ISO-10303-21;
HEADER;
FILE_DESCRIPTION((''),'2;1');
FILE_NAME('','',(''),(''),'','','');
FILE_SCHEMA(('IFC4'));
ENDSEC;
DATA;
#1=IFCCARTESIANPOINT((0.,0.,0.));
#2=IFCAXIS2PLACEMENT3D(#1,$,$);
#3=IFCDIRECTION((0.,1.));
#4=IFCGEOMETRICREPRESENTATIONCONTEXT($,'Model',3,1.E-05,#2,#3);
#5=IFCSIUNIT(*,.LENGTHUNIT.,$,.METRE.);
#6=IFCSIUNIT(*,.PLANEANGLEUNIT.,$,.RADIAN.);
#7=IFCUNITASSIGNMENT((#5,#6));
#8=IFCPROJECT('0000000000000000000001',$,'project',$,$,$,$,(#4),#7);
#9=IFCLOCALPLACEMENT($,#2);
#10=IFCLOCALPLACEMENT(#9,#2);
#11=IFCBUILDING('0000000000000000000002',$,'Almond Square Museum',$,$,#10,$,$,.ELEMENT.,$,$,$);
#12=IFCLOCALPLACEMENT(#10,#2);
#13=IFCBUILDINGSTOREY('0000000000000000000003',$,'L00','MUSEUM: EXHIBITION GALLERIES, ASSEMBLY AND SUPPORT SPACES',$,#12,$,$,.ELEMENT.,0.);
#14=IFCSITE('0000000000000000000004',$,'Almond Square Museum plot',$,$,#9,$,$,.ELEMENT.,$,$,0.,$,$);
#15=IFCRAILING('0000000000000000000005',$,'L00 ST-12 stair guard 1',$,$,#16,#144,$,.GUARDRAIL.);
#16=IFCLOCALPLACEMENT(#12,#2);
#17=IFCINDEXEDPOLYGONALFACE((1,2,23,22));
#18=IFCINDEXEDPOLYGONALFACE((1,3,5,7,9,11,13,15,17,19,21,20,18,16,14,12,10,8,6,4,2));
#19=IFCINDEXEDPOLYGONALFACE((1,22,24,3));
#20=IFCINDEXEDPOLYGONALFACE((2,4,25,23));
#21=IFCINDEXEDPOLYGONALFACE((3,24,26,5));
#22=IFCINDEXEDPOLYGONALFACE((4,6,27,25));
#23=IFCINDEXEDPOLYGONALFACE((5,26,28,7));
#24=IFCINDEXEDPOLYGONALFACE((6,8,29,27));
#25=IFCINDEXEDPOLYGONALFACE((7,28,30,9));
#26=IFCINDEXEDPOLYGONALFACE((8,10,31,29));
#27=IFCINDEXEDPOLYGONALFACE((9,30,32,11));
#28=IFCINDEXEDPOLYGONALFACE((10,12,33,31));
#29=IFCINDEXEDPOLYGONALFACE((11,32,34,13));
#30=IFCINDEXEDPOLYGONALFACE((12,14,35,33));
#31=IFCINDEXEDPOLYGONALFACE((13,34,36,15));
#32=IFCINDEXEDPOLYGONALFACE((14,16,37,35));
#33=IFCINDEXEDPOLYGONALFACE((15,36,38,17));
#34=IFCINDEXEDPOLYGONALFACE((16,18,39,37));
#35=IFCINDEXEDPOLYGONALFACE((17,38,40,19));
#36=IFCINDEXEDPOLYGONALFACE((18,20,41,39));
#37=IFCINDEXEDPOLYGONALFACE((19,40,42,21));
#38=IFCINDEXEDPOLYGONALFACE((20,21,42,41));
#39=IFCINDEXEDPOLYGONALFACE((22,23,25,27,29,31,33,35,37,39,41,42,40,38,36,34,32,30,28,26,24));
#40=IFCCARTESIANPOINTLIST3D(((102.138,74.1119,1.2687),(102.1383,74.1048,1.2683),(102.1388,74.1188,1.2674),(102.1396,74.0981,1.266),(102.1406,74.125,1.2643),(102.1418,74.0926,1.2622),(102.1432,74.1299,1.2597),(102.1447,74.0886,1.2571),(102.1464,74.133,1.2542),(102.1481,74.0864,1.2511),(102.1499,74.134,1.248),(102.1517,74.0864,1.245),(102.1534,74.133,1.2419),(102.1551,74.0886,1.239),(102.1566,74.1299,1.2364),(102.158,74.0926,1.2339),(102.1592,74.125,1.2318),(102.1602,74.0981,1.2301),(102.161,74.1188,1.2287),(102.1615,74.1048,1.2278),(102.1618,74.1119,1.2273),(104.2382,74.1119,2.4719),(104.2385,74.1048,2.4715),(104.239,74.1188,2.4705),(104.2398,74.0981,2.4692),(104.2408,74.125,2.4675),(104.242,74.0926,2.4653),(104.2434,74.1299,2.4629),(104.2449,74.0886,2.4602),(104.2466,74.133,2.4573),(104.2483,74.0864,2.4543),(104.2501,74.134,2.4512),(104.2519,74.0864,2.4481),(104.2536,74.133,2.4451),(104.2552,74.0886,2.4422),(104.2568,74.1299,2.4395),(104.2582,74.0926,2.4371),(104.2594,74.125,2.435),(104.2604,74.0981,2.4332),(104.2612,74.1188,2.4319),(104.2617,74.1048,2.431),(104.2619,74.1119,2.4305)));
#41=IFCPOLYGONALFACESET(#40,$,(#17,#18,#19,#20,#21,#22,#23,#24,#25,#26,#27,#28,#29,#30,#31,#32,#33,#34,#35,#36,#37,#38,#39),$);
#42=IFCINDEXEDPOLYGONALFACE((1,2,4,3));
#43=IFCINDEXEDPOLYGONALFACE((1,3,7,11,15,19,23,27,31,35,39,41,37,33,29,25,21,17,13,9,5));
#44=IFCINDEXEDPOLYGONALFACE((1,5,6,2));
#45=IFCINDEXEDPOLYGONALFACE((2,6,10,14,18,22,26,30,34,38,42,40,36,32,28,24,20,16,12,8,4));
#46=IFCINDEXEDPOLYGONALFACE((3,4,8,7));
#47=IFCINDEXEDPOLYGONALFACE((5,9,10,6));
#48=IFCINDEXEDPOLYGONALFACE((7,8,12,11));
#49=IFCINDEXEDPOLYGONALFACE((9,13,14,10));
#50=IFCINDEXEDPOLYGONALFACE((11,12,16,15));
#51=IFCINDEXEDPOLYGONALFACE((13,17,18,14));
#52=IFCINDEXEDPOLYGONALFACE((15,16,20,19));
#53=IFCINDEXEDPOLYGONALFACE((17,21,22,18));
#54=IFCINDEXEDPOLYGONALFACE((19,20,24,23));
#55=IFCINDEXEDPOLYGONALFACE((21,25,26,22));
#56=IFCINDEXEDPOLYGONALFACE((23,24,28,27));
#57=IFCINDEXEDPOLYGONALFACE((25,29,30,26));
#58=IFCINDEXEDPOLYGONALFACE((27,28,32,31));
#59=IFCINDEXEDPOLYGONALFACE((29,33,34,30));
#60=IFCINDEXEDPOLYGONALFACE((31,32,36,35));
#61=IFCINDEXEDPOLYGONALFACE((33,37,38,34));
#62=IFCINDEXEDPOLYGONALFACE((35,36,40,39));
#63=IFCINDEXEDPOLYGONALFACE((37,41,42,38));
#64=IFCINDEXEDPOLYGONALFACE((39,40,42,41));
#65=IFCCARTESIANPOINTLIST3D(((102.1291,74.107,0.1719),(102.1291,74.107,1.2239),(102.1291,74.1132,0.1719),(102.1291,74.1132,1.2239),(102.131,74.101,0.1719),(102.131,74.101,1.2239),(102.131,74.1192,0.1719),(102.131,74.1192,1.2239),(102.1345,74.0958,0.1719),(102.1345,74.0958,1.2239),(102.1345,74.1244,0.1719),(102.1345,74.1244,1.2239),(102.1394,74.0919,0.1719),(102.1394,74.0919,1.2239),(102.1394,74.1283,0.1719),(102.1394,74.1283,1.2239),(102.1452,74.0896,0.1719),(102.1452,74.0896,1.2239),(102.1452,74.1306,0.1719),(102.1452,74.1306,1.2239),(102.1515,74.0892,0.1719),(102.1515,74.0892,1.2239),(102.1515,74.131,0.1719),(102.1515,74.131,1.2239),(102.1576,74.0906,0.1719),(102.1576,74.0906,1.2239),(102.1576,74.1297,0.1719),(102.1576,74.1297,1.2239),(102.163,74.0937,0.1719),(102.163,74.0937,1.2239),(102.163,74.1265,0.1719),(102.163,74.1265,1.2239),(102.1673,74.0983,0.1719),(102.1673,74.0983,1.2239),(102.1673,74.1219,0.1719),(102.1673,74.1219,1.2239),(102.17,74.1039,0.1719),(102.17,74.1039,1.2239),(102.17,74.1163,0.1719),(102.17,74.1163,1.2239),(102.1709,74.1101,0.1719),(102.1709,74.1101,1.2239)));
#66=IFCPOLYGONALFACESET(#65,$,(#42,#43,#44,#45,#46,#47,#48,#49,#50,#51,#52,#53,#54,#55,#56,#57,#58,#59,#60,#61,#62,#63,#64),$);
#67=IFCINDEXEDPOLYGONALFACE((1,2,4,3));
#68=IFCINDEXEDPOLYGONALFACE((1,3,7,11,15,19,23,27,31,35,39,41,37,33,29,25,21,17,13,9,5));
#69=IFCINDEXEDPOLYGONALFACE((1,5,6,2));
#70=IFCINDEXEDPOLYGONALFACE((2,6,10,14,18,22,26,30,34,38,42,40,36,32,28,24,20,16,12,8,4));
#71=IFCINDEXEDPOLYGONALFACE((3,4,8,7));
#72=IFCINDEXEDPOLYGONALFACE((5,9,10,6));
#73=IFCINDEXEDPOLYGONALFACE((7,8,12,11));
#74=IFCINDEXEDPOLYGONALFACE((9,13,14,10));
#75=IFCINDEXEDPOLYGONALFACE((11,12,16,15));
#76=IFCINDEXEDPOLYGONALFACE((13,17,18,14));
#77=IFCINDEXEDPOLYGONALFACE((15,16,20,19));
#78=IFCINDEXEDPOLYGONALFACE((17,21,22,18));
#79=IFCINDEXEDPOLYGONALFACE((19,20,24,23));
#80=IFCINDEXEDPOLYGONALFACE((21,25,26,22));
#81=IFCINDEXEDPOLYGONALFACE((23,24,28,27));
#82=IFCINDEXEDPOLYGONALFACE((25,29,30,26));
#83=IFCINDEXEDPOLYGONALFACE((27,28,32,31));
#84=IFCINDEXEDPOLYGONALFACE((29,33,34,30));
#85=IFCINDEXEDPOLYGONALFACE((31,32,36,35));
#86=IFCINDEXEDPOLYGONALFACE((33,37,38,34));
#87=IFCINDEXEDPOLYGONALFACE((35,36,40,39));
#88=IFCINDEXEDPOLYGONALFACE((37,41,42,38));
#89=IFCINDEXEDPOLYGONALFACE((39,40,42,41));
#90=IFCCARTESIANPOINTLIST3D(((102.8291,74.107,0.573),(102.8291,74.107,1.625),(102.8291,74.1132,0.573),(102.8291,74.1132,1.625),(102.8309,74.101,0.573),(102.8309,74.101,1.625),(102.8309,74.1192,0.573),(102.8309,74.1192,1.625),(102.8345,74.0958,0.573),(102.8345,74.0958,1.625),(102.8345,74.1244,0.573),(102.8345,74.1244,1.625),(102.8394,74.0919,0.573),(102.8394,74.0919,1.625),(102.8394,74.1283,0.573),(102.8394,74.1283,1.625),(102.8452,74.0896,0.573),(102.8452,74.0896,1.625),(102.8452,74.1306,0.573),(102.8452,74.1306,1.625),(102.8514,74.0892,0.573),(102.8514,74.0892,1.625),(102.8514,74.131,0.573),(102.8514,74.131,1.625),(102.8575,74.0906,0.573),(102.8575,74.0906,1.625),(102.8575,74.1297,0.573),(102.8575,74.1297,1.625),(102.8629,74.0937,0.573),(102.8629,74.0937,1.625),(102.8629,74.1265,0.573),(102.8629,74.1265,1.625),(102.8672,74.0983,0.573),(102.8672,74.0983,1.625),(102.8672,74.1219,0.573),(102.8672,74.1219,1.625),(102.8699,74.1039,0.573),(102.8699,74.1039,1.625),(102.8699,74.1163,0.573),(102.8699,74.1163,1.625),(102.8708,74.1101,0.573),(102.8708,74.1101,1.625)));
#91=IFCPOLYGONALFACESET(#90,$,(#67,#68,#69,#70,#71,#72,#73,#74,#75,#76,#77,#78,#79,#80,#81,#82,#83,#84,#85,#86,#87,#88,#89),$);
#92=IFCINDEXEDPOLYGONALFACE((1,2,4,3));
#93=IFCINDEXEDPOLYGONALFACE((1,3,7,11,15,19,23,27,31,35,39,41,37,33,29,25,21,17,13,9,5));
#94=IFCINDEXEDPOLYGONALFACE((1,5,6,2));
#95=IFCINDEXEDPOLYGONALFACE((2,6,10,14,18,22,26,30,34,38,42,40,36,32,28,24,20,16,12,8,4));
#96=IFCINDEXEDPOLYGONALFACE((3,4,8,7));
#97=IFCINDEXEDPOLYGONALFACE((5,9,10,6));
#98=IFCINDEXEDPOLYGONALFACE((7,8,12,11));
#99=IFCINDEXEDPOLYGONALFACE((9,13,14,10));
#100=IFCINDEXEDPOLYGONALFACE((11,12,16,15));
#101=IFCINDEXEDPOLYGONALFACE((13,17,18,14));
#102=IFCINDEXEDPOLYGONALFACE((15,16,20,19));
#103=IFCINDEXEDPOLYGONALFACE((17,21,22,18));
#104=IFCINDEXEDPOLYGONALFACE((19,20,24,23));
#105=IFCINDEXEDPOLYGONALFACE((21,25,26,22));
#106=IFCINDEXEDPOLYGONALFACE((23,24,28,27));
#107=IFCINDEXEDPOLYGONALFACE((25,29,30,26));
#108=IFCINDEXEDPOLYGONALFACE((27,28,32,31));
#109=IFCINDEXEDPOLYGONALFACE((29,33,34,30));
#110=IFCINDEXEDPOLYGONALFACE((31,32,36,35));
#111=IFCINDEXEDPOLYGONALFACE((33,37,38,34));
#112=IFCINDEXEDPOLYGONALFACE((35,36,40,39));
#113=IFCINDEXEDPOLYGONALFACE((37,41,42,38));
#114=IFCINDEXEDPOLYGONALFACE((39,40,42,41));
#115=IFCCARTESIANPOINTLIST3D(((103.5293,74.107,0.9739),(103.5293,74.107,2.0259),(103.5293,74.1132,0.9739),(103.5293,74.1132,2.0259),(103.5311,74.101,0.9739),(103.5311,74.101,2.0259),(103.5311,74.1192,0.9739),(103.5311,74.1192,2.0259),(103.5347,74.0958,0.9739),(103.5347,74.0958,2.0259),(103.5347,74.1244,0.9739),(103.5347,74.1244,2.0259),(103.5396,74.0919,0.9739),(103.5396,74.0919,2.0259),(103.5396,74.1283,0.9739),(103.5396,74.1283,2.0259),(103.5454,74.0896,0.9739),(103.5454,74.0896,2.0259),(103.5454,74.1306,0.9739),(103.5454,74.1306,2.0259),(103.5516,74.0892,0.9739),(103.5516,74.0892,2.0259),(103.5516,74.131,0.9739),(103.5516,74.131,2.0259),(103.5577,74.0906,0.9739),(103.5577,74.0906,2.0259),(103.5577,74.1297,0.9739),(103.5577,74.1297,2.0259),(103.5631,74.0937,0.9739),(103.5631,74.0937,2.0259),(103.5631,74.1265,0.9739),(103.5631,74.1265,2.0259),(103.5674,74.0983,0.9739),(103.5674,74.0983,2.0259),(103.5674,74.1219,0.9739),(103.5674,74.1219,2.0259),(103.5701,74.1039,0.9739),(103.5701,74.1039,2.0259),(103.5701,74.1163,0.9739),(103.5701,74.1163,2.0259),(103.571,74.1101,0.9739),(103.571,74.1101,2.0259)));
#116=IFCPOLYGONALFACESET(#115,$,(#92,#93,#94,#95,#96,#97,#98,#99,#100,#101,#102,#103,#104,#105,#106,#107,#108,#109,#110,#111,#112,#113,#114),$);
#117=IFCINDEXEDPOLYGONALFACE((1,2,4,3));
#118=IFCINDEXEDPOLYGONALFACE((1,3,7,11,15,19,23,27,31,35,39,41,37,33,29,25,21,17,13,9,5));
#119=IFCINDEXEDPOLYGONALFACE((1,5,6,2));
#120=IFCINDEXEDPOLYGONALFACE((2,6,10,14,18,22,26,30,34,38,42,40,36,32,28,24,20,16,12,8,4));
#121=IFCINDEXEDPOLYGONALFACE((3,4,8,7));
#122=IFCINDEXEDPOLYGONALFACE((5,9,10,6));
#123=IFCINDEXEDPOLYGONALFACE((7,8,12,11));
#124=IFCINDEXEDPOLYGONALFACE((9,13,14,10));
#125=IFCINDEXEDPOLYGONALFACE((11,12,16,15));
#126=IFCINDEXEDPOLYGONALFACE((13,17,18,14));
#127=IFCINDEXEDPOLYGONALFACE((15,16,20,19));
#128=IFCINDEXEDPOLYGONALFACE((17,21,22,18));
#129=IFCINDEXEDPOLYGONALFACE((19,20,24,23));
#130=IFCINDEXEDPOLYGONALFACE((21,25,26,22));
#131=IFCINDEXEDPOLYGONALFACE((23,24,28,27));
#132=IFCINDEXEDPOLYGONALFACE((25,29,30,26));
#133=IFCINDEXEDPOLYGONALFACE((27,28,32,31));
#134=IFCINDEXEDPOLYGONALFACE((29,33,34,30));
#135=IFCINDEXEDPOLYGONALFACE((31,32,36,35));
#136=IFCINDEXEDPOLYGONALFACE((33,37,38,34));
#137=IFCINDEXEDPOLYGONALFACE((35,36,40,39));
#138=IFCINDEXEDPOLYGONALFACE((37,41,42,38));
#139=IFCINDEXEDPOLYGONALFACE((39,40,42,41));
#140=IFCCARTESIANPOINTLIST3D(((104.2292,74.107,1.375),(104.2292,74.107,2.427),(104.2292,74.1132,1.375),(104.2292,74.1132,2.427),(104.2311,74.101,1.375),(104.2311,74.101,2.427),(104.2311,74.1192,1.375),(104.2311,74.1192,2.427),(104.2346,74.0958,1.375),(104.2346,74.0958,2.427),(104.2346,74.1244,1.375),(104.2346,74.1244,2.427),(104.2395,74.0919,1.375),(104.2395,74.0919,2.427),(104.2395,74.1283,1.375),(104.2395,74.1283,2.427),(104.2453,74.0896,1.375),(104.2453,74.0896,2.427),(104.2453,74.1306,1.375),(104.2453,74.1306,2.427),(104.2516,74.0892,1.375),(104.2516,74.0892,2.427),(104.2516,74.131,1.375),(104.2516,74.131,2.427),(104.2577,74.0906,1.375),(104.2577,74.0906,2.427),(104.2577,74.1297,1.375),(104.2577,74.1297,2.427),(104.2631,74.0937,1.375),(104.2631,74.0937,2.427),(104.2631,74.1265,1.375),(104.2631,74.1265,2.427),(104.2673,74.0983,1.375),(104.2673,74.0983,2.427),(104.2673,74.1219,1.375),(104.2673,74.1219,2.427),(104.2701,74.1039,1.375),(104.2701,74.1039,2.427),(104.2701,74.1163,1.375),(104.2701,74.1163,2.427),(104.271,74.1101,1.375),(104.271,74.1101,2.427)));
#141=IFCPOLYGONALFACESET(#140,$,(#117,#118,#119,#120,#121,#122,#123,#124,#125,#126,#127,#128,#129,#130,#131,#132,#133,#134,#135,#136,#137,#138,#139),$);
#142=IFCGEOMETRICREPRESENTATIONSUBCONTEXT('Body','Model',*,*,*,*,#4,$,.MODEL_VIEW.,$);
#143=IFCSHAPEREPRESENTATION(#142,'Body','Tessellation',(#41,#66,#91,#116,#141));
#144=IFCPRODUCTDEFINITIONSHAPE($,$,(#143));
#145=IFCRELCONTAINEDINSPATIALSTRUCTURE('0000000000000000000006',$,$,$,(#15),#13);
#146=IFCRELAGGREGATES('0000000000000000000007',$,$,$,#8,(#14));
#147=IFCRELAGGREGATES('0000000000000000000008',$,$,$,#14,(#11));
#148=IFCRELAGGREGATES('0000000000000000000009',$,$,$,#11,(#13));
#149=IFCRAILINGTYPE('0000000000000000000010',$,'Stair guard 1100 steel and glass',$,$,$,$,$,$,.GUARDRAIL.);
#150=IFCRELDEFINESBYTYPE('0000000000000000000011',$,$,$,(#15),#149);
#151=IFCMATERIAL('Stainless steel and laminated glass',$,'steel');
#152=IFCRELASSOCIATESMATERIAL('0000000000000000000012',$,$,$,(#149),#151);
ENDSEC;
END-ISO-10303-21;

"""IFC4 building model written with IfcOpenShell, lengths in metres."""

from ifc_helpers import new_model, si_unit, direction, frame, origin, origin_2d, place, context, subcontext, project, spatial, circle, extrude, material, type_object, element, save


model = new_model("IFC4")

# Units and contexts
model_context = context("Model", 3, precision=1e-05, world=origin(), true_north=direction((0.0, 1.0)))
body_context = subcontext(model_context, "Body", "Model", "MODEL_VIEW")
ifc_project = project(units=[si_unit("LENGTHUNIT", "METRE"), si_unit("PLANEANGLEUNIT", "RADIAN")], contexts=[model_context])

# Site, building, storey
site_placement = place(None, origin())
site = spatial("IfcSite", under=ifc_project, at=site_placement, Name="Almond Square Museum plot", CompositionType="ELEMENT", RefElevation=0.0)
building_placement = place(site_placement, origin())
building = spatial("IfcBuilding", under=site, at=building_placement, Name="Almond Square Museum", CompositionType="ELEMENT")
storey_placement = place(building_placement, origin())
storey = spatial("IfcBuildingStorey", under=building, at=storey_placement, Name="L00", Description="MUSEUM: EXHIBITION GALLERIES, ASSEMBLY AND SUPPORT SPACES", CompositionType="ELEMENT", Elevation=0.0)

# Railing
ifc_material_1 = material(Name="Stainless steel and laminated glass", Category="steel")
railing_type_1 = type_object("IfcRailingType", Name="Stair guard 1100 steel and glass", PredefinedType="GUARDRAIL", material=ifc_material_1)
railing_1_placement = place(storey_placement, frame((102.1499, 74.1101, 0.1719)))
element("IfcRailing", 1, at=railing_1_placement, inside=storey, type_object=railing_type_1, Name="L00 ST-12 stair guard 1", PredefinedType="GUARDRAIL", context=body_context, shape_type="SweptSolid", body=[
    extrude(circle(Radius=0.0239, at=origin_2d()), frame((0.0, 0.0, 1.0762), z_axis=(0.867696, 0.0, 0.497095), x_axis=(0.0, 1.0, 0.0)), (0.0, 0.0, 1.0), 2.4204),
    extrude(circle(Radius=0.021, at=origin_2d()), origin(), (0.0, 0.0, 1.0), 1.052),
    extrude(circle(Radius=0.021, at=origin_2d()), frame((0.7, 0.0, 0.4011)), (0.0, 0.0, 1.0), 1.052),
    extrude(circle(Radius=0.021, at=origin_2d()), frame((1.4001, 0.0, 0.802)), (0.0, 0.0, 1.0), 1.052),
    extrude(circle(Radius=0.021, at=origin_2d()), frame((2.1001, 0.0, 1.2031)), (0.0, 0.0, 1.0), 1.052),
])

save(model, "model.ifc")
